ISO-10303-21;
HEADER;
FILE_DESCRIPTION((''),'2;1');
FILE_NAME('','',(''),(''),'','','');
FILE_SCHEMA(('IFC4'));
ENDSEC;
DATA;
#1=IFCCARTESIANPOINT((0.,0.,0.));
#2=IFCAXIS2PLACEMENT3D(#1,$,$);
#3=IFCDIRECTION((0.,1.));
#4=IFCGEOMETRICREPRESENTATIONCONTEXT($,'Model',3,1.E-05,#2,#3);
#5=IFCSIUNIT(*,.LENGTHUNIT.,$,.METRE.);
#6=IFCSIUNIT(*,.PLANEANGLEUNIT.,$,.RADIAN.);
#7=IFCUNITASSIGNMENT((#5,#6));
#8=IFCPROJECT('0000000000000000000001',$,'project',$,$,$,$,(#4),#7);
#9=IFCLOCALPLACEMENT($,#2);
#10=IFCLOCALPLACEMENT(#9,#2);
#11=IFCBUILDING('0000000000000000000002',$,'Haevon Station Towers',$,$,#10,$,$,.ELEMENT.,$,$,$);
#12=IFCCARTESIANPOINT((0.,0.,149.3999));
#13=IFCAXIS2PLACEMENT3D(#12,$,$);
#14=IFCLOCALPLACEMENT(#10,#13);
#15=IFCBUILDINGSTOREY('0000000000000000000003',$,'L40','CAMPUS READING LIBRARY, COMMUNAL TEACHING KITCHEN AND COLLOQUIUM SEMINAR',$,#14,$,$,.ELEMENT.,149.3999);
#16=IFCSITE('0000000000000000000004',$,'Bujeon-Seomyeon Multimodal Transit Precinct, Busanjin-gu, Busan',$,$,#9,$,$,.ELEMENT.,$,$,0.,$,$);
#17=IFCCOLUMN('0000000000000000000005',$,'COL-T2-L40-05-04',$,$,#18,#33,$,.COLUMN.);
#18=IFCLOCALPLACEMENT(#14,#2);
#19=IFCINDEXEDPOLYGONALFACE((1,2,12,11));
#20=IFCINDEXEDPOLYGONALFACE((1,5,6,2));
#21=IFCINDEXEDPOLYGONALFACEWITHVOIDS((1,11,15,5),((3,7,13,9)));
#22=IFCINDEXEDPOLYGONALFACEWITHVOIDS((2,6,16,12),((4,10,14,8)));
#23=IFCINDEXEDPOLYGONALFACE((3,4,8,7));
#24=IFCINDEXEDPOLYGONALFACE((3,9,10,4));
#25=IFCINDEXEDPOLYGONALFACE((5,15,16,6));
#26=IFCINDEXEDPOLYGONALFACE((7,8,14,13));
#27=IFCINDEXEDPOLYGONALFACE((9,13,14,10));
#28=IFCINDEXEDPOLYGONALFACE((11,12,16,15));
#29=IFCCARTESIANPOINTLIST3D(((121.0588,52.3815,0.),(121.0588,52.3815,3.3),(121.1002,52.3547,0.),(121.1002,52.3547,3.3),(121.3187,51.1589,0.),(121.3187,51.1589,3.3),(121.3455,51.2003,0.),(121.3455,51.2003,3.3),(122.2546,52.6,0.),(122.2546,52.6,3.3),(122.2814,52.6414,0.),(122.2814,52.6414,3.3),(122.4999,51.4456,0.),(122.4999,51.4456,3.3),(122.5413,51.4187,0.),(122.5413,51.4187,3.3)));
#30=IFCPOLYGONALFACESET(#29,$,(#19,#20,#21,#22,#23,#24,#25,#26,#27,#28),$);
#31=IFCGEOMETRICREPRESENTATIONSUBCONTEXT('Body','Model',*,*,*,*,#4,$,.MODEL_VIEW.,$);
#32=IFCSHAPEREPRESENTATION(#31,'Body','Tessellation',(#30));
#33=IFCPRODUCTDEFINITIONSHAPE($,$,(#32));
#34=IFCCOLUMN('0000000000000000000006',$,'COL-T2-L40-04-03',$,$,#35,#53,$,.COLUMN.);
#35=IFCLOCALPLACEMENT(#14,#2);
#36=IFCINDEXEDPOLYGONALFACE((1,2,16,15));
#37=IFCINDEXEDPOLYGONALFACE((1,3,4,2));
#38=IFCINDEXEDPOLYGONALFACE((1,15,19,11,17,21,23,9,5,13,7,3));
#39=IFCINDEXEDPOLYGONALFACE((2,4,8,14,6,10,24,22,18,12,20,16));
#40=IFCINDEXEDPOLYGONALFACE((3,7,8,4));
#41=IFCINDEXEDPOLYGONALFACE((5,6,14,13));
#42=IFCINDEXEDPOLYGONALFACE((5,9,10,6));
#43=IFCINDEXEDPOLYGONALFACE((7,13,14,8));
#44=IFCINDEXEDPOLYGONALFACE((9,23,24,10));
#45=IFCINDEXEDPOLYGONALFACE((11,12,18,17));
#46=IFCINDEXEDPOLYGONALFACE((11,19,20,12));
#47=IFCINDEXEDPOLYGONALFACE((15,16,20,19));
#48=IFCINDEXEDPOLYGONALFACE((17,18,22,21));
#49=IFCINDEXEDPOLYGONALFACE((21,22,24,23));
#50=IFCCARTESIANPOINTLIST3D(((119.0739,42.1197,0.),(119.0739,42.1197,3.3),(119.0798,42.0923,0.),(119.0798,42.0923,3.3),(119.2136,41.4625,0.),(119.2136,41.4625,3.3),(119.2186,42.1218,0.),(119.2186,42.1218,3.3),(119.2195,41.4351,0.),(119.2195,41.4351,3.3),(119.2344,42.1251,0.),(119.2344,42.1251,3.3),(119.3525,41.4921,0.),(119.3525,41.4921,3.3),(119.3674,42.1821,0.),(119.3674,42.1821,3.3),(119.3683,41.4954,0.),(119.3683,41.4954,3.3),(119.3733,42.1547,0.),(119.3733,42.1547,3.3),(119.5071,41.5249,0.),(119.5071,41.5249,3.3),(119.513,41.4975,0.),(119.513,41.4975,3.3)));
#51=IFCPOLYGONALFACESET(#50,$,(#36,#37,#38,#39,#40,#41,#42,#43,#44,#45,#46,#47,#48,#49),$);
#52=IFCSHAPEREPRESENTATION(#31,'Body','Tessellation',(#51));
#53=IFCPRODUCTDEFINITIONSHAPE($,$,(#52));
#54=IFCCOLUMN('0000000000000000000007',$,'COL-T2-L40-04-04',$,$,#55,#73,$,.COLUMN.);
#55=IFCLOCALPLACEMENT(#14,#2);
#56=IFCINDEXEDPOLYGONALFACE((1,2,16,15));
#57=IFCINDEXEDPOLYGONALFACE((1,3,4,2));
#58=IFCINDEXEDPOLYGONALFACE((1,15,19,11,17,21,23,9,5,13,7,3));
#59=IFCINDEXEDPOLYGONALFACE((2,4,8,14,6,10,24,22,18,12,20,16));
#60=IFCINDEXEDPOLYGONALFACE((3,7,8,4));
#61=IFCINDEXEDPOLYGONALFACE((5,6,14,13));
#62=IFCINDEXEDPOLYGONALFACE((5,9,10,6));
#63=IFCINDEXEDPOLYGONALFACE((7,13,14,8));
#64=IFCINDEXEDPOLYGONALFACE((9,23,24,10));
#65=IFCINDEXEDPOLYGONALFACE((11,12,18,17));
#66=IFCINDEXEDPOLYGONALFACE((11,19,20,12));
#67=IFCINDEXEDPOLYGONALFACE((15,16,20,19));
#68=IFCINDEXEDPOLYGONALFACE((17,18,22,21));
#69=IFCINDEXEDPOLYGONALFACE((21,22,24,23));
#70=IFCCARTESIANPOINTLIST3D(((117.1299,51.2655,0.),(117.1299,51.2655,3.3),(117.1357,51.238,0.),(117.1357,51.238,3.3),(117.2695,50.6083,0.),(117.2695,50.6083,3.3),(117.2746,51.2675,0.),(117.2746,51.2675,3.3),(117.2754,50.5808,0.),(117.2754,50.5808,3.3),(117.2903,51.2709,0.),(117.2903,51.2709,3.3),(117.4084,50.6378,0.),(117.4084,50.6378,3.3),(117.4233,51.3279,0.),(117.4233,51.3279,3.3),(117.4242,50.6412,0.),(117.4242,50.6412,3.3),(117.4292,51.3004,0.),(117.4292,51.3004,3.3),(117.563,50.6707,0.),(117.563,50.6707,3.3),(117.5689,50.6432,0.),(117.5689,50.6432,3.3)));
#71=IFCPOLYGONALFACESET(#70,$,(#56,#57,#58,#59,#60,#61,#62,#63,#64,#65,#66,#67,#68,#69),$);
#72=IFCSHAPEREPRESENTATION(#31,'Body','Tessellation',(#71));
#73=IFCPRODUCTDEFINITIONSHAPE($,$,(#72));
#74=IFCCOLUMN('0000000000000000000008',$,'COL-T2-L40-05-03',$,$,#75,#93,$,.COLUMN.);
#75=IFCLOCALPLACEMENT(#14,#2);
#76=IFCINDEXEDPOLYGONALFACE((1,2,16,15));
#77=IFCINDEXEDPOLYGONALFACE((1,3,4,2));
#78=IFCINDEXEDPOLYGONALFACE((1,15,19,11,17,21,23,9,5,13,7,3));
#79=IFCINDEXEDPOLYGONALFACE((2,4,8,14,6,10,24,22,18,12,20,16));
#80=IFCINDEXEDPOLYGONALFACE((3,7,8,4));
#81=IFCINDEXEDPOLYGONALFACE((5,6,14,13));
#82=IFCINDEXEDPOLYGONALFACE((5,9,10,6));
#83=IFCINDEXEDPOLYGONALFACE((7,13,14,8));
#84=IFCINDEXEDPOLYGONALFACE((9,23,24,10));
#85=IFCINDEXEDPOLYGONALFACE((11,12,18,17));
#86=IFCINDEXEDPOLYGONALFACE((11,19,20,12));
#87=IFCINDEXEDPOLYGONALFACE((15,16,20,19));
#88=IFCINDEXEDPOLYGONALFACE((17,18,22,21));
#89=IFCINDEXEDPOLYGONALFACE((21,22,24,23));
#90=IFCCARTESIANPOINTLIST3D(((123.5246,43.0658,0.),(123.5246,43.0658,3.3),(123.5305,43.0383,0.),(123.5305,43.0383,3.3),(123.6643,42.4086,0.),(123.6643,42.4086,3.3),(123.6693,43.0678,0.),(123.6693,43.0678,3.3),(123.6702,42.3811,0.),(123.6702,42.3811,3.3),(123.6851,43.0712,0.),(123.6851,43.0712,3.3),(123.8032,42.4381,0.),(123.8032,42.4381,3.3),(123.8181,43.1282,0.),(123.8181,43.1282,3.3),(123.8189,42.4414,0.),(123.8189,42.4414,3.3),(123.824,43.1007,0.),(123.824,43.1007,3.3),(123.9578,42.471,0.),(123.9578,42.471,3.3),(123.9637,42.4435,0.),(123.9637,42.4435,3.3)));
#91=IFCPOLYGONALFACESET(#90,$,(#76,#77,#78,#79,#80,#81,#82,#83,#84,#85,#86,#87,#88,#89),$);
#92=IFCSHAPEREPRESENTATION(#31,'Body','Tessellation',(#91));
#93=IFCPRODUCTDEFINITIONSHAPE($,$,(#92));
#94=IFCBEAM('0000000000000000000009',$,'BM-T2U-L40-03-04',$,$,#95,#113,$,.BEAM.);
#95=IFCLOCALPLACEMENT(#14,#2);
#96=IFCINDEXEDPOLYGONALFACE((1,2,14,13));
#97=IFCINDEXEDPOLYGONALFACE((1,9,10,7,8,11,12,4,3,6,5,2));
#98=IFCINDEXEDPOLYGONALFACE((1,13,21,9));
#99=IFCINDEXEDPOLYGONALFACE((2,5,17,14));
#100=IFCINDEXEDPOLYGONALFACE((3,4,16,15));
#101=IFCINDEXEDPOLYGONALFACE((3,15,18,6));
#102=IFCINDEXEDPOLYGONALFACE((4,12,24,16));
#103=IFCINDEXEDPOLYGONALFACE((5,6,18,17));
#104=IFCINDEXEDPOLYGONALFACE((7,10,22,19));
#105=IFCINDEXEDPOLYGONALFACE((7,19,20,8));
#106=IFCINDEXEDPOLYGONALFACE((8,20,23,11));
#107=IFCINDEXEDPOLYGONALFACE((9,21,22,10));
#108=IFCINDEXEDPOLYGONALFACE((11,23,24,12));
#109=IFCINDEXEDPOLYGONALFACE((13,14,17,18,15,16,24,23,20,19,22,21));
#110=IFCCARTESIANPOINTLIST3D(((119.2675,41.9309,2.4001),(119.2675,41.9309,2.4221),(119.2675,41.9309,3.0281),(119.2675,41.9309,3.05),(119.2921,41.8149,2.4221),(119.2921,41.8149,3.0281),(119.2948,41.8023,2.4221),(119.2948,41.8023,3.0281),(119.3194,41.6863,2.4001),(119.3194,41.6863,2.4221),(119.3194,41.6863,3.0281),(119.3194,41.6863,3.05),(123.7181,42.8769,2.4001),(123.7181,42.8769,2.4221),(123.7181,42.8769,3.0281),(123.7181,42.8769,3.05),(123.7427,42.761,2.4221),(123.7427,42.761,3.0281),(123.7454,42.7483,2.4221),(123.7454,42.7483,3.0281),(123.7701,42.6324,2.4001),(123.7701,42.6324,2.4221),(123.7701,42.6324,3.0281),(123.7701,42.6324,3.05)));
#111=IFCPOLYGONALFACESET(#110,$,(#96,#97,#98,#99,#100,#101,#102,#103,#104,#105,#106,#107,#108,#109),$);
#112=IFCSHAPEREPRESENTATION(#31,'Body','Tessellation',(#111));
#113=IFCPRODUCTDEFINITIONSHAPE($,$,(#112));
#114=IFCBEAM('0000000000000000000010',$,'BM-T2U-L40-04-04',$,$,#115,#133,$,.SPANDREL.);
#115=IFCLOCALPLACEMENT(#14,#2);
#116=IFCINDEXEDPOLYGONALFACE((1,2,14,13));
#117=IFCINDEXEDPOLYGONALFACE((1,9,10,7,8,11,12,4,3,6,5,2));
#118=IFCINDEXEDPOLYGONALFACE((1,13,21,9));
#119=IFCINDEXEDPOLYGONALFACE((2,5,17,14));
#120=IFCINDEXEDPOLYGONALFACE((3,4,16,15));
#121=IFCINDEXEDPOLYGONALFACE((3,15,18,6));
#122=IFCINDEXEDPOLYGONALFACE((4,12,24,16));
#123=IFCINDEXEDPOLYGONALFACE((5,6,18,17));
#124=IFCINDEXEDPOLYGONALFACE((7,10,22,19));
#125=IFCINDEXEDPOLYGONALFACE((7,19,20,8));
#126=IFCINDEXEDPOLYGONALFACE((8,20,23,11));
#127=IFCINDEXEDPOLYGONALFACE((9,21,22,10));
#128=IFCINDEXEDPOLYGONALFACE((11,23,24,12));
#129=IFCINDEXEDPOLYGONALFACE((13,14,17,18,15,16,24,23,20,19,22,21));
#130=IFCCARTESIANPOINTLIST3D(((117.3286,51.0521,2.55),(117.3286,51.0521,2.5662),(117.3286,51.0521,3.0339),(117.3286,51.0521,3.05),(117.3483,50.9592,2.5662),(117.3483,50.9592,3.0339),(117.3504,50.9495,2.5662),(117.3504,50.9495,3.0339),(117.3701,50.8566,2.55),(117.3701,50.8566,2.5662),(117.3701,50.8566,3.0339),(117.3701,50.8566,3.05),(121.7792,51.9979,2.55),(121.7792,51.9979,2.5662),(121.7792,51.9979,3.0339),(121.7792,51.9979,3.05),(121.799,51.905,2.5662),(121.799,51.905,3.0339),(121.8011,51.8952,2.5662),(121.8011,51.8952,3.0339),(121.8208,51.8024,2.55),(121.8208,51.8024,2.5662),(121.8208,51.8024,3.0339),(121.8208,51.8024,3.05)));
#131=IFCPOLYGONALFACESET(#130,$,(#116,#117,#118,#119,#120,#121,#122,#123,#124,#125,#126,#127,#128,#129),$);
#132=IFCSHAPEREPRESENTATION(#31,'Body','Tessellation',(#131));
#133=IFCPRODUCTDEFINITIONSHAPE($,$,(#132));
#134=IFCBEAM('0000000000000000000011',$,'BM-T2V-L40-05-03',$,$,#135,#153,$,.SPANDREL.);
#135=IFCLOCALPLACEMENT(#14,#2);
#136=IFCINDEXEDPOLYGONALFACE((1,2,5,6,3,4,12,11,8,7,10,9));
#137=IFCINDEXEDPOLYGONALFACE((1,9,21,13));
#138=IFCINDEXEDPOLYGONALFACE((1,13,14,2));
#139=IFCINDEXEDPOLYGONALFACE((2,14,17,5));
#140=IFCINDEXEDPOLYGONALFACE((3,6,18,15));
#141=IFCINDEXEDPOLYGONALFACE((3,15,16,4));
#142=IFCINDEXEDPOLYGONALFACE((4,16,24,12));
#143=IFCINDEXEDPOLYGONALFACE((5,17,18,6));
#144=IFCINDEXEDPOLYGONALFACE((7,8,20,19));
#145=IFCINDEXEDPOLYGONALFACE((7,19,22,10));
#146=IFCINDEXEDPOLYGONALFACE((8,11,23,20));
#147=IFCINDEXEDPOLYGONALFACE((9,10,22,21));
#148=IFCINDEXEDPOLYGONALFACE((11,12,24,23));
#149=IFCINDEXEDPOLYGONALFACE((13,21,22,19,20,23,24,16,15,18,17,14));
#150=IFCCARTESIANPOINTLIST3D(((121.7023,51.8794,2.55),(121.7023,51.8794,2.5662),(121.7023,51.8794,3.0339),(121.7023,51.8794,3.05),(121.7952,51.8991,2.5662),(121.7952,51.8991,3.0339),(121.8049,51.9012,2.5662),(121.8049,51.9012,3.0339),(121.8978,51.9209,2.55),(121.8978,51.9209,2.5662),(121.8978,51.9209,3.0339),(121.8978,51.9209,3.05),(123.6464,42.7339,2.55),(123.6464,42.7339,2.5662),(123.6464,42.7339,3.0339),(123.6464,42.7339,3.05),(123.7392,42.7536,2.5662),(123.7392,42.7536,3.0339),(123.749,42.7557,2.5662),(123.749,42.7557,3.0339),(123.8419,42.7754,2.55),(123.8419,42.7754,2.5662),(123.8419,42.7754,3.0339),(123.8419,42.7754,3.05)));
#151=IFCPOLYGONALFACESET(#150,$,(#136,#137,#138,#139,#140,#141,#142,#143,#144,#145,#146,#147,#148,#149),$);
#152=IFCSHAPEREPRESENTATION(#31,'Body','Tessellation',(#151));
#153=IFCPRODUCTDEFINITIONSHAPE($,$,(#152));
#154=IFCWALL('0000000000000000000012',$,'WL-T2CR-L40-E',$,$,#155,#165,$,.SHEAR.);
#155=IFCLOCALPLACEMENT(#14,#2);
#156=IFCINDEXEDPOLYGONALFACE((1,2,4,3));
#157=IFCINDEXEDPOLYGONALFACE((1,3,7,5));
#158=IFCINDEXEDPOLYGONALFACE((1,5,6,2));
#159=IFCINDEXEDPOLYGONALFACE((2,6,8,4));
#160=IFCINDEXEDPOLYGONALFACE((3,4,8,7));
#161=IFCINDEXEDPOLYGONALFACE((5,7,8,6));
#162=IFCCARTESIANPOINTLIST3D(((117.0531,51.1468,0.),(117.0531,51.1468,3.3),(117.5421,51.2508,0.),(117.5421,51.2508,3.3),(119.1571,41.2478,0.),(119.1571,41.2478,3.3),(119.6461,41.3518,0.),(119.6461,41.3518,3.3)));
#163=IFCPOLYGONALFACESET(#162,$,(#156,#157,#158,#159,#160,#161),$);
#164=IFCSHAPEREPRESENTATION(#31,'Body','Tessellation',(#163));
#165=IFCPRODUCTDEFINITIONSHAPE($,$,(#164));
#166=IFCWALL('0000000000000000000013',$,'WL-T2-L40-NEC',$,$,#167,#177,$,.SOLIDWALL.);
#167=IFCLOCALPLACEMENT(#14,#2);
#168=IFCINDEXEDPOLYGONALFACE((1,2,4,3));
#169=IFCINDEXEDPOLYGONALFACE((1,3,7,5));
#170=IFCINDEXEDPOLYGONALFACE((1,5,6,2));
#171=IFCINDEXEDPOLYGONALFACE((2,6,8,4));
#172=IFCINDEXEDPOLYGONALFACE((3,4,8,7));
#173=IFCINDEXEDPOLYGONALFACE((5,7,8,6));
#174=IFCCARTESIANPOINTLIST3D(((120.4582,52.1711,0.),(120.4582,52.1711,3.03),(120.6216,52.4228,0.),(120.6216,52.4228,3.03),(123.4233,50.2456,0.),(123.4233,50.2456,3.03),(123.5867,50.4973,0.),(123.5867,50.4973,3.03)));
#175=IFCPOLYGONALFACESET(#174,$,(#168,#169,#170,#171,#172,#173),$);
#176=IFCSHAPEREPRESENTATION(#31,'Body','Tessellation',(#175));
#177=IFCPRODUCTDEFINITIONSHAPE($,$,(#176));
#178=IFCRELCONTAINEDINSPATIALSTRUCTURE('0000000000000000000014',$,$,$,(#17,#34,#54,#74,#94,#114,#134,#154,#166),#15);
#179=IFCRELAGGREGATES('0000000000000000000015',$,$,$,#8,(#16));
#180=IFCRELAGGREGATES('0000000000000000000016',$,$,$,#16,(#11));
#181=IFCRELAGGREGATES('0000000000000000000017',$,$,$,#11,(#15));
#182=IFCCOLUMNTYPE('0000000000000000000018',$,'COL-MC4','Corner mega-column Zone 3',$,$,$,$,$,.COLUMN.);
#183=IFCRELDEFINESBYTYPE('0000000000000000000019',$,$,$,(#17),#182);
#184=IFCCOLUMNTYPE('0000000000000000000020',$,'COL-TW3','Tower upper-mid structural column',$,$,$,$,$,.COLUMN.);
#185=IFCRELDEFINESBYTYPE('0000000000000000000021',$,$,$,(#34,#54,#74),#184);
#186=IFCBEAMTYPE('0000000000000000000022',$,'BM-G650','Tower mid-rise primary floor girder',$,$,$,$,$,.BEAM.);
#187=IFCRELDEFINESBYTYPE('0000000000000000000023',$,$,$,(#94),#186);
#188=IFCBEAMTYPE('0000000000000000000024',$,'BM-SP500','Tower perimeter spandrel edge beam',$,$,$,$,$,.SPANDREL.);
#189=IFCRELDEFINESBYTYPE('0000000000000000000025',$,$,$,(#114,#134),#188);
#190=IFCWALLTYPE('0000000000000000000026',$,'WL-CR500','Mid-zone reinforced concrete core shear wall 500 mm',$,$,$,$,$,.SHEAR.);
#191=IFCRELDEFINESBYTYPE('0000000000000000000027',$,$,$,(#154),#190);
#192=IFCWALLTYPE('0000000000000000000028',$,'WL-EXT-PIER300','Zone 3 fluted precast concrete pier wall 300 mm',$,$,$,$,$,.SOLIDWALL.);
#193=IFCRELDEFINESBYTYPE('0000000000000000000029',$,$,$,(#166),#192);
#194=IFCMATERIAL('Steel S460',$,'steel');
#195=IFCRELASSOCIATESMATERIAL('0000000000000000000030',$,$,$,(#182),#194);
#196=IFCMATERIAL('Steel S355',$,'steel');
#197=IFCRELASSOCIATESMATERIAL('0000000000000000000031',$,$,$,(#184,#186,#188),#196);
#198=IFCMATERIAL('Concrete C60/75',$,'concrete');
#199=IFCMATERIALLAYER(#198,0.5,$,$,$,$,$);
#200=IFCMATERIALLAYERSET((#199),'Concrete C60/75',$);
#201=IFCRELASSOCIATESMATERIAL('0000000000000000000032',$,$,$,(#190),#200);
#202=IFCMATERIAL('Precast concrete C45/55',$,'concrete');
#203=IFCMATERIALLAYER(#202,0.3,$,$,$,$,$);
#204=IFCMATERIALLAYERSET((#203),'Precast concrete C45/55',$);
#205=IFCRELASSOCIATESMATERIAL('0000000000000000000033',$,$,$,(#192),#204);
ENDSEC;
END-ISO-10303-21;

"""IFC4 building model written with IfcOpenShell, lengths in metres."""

from ifc_helpers import new_model, si_unit, direction, frame, frame_2d, origin, origin_2d, place, context, subcontext, project, spatial, rectangle, hollow_rectangle, i_section, extrude, material, layer, layer_set, material_profile, profile_set, type_object, element, save


model = new_model("IFC4")

# Units and contexts
model_context = context("Model", 3, precision=1e-05, world=origin(), true_north=direction((0.0, 1.0)))
body_context = subcontext(model_context, "Body", "Model", "MODEL_VIEW")
ifc_project = project(units=[si_unit("LENGTHUNIT", "METRE"), si_unit("PLANEANGLEUNIT", "RADIAN")], contexts=[model_context])

# Site, building, storey
site_placement = place(None, origin())
site = spatial("IfcSite", under=ifc_project, at=site_placement, Name="Bujeon-Seomyeon Multimodal Transit Precinct, Busanjin-gu, Busan", CompositionType="ELEMENT", RefElevation=0.0)
building_placement = place(site_placement, origin())
building = spatial("IfcBuilding", under=site, at=building_placement, Name="Haevon Station Towers", CompositionType="ELEMENT")
storey_placement = place(building_placement, frame((0.0, 0.0, 149.3999)))
storey = spatial("IfcBuildingStorey", under=building, at=storey_placement, Name="L40", Description="CAMPUS READING LIBRARY, COMMUNAL TEACHING KITCHEN AND COLLOQUIUM SEMINAR", CompositionType="ELEMENT", Elevation=149.3999)

# Columns
ifc_material_1 = material(Name="Steel S460", Category="steel")
ifc_material_profile_1 = material_profile(ifc_material_1, hollow_rectangle(XDim=1.25, YDim=1.25, WallThickness=0.0349, at=origin_2d()), Name="BOX-1250x1250x35")
ifc_profile_set_1 = profile_set([ifc_material_profile_1], Name="Steel S460")
column_type_1 = type_object("IfcColumnType", Name="COL-MC4", Description="Corner mega-column Zone 3", PredefinedType="COLUMN", material=ifc_profile_set_1)
column_placement = place(storey_placement, frame((121.8, 51.9001, 0.0), z_axis=(0.0, 0.0, 1.0), x_axis=(0.978148, 0.207912, 0.0)))
element("IfcColumn", 1, at=column_placement, inside=storey, type_object=column_type_1, Name="COL-T2-L40-05-04", PredefinedType="COLUMN", context=body_context, shape_type="SweptSolid", body=[
    extrude(hollow_rectangle(XDim=1.25, YDim=1.25, WallThickness=0.0349, at=origin_2d()), origin(), (0.0, 0.0, 1.0), 3.3),
])
ifc_material_2 = material(Name="Steel S355", Category="steel")
ifc_material_profile_2 = material_profile(ifc_material_2, i_section(OverallWidth=0.3, OverallDepth=0.7, WebThickness=0.0161, FlangeThickness=0.0281, at=origin_2d()), Name="H-700x300x16x28")
ifc_profile_set_2 = profile_set([ifc_material_profile_2], Name="Steel S355")
column_type_2 = type_object("IfcColumnType", Name="COL-TW3", Description="Tower upper-mid structural column", PredefinedType="COLUMN", material=ifc_profile_set_2)
for number, where, z_axis, x_axis, name in (
    (2, (119.2935, 41.8086, 0.0), (0.0, 0.0, 1.0), (0.978148, 0.207912, 0.0), "COL-T2-L40-04-03"),
    (3, (117.3494, 50.9543, 0.0), (0.0, 0.0, 1.0), (0.978148, 0.207912, 0.0), "COL-T2-L40-04-04"),
    (4, (123.7441, 42.7546, 0.0), (0.0, 0.0, 1.0), (0.978148, 0.207912, 0.0), "COL-T2-L40-05-03"),
):
    element("IfcColumn", number, at=place(storey_placement, frame(where, z_axis=z_axis, x_axis=x_axis)), inside=storey, type_object=column_type_2, Name=name, PredefinedType="COLUMN", context=body_context, shape_type="SweptSolid", body=[
        extrude(i_section(OverallWidth=0.3, OverallDepth=0.7, WebThickness=0.0161, FlangeThickness=0.0281, at=origin_2d()), origin(), (0.0, 0.0, 1.0), 3.3),
    ])

# Beams
ifc_material_profile_3 = material_profile(ifc_material_2, i_section(OverallWidth=0.25, OverallDepth=0.6499, WebThickness=0.0129, FlangeThickness=0.022, at=origin_2d()), Name="H-650x250x13x22")
ifc_profile_set_3 = profile_set([ifc_material_profile_3], Name="Steel S355")
beam_type_1 = type_object("IfcBeamType", Name="BM-G650", Description="Tower mid-rise primary floor girder", PredefinedType="BEAM", material=ifc_profile_set_3)
beam_1_placement = place(storey_placement, frame((119.2935, 41.8086, 2.7251), z_axis=(0.978147, 0.207917, 0.0), x_axis=(-0.207917, 0.978147, 0.0)))
element("IfcBeam", 5, at=beam_1_placement, inside=storey, type_object=beam_type_1, Name="BM-T2U-L40-03-04", PredefinedType="BEAM", context=body_context, shape_type="SweptSolid", body=[
    extrude(i_section(OverallWidth=0.25, OverallDepth=0.6499, WebThickness=0.0129, FlangeThickness=0.022, at=origin_2d()), origin(), (0.0, 0.0, 1.0), 4.55),
])
ifc_material_profile_4 = material_profile(ifc_material_2, i_section(OverallWidth=0.2, OverallDepth=0.5, WebThickness=0.01, FlangeThickness=0.0161, at=origin_2d()), Name="H-500x200x10x16")
ifc_profile_set_4 = profile_set([ifc_material_profile_4], Name="Steel S355")
beam_type_2 = type_object("IfcBeamType", Name="BM-SP500", Description="Tower perimeter spandrel edge beam", PredefinedType="SPANDREL", material=ifc_profile_set_4)
beam_2_placement = place(storey_placement, frame((117.3494, 50.9543, 2.8), z_axis=(0.978157, 0.207865, 0.0), x_axis=(-0.207865, 0.978157, 0.0)))
element("IfcBeam", 6, at=beam_2_placement, inside=storey, type_object=beam_type_2, Name="BM-T2U-L40-04-04", PredefinedType="SPANDREL", context=body_context, shape_type="SweptSolid", body=[
    extrude(i_section(OverallWidth=0.2, OverallDepth=0.5, WebThickness=0.01, FlangeThickness=0.0161, at=origin_2d()), origin(), (0.0, 0.0, 1.0), 4.55),
])
beam_3_placement = place(storey_placement, frame((123.7441, 42.7546, 2.8), z_axis=(-0.207927, 0.978144, 0.0), x_axis=(-0.978144, -0.207927, 0.0)))
element("IfcBeam", 7, at=beam_3_placement, inside=storey, type_object=beam_type_2, Name="BM-T2V-L40-05-03", PredefinedType="SPANDREL", context=body_context, shape_type="SweptSolid", body=[
    extrude(i_section(OverallWidth=0.2, OverallDepth=0.5, WebThickness=0.01, FlangeThickness=0.0161, at=origin_2d()), origin(), (0.0, 0.0, 1.0), 9.3499),
])

# Walls
ifc_material_3 = material(Name="Concrete C60/75", Category="concrete")
ifc_layer_1 = layer(ifc_material_3, 0.5)
ifc_layer_set_1 = layer_set([ifc_layer_1], Name="Concrete C60/75")
wall_type_1 = type_object("IfcWallType", Name="WL-CR500", Description="Mid-zone reinforced concrete core shear wall 500 mm", PredefinedType="SHEAR", material=ifc_layer_set_1)
wall_1_placement = place(storey_placement, frame((119.4016, 41.2998, 0.0), z_axis=(0.0, 0.0, 1.0), x_axis=(-0.207904, 0.978149, 0.0)))
element("IfcWall", 8, at=wall_1_placement, inside=storey, type_object=wall_type_1, Name="WL-T2CR-L40-E", PredefinedType="SHEAR", context=body_context, shape_type="SweptSolid", body=[
    extrude(rectangle(XDim=10.1201, YDim=0.5, at=frame_2d((5.0601, 0.0))), origin(), (0.0, 0.0, 1.0), 3.3),
])
ifc_material_4 = material(Name="Precast concrete C45/55", Category="concrete")
ifc_layer_2 = layer(ifc_material_4, 0.3)
ifc_layer_set_2 = layer_set([ifc_layer_2], Name="Precast concrete C45/55")
wall_type_2 = type_object("IfcWallType", Name="WL-EXT-PIER300", Description="Zone 3 fluted precast concrete pier wall 300 mm", PredefinedType="SOLIDWALL", material=ifc_layer_set_2)
wall_2_placement = place(storey_placement, frame((120.54, 52.2969, 0.0), z_axis=(0.0, 0.0, 1.0), x_axis=(0.838672, -0.544636, 0.0)))
element("IfcWall", 9, at=wall_2_placement, inside=storey, type_object=wall_type_2, Name="WL-T2-L40-NEC", PredefinedType="SOLIDWALL", context=body_context, shape_type="SweptSolid", body=[
    extrude(rectangle(XDim=3.5354, YDim=0.3, at=frame_2d((1.7676, 0.0))), origin(), (0.0, 0.0, 1.0), 3.03),
])

save(model, "model.ifc")
